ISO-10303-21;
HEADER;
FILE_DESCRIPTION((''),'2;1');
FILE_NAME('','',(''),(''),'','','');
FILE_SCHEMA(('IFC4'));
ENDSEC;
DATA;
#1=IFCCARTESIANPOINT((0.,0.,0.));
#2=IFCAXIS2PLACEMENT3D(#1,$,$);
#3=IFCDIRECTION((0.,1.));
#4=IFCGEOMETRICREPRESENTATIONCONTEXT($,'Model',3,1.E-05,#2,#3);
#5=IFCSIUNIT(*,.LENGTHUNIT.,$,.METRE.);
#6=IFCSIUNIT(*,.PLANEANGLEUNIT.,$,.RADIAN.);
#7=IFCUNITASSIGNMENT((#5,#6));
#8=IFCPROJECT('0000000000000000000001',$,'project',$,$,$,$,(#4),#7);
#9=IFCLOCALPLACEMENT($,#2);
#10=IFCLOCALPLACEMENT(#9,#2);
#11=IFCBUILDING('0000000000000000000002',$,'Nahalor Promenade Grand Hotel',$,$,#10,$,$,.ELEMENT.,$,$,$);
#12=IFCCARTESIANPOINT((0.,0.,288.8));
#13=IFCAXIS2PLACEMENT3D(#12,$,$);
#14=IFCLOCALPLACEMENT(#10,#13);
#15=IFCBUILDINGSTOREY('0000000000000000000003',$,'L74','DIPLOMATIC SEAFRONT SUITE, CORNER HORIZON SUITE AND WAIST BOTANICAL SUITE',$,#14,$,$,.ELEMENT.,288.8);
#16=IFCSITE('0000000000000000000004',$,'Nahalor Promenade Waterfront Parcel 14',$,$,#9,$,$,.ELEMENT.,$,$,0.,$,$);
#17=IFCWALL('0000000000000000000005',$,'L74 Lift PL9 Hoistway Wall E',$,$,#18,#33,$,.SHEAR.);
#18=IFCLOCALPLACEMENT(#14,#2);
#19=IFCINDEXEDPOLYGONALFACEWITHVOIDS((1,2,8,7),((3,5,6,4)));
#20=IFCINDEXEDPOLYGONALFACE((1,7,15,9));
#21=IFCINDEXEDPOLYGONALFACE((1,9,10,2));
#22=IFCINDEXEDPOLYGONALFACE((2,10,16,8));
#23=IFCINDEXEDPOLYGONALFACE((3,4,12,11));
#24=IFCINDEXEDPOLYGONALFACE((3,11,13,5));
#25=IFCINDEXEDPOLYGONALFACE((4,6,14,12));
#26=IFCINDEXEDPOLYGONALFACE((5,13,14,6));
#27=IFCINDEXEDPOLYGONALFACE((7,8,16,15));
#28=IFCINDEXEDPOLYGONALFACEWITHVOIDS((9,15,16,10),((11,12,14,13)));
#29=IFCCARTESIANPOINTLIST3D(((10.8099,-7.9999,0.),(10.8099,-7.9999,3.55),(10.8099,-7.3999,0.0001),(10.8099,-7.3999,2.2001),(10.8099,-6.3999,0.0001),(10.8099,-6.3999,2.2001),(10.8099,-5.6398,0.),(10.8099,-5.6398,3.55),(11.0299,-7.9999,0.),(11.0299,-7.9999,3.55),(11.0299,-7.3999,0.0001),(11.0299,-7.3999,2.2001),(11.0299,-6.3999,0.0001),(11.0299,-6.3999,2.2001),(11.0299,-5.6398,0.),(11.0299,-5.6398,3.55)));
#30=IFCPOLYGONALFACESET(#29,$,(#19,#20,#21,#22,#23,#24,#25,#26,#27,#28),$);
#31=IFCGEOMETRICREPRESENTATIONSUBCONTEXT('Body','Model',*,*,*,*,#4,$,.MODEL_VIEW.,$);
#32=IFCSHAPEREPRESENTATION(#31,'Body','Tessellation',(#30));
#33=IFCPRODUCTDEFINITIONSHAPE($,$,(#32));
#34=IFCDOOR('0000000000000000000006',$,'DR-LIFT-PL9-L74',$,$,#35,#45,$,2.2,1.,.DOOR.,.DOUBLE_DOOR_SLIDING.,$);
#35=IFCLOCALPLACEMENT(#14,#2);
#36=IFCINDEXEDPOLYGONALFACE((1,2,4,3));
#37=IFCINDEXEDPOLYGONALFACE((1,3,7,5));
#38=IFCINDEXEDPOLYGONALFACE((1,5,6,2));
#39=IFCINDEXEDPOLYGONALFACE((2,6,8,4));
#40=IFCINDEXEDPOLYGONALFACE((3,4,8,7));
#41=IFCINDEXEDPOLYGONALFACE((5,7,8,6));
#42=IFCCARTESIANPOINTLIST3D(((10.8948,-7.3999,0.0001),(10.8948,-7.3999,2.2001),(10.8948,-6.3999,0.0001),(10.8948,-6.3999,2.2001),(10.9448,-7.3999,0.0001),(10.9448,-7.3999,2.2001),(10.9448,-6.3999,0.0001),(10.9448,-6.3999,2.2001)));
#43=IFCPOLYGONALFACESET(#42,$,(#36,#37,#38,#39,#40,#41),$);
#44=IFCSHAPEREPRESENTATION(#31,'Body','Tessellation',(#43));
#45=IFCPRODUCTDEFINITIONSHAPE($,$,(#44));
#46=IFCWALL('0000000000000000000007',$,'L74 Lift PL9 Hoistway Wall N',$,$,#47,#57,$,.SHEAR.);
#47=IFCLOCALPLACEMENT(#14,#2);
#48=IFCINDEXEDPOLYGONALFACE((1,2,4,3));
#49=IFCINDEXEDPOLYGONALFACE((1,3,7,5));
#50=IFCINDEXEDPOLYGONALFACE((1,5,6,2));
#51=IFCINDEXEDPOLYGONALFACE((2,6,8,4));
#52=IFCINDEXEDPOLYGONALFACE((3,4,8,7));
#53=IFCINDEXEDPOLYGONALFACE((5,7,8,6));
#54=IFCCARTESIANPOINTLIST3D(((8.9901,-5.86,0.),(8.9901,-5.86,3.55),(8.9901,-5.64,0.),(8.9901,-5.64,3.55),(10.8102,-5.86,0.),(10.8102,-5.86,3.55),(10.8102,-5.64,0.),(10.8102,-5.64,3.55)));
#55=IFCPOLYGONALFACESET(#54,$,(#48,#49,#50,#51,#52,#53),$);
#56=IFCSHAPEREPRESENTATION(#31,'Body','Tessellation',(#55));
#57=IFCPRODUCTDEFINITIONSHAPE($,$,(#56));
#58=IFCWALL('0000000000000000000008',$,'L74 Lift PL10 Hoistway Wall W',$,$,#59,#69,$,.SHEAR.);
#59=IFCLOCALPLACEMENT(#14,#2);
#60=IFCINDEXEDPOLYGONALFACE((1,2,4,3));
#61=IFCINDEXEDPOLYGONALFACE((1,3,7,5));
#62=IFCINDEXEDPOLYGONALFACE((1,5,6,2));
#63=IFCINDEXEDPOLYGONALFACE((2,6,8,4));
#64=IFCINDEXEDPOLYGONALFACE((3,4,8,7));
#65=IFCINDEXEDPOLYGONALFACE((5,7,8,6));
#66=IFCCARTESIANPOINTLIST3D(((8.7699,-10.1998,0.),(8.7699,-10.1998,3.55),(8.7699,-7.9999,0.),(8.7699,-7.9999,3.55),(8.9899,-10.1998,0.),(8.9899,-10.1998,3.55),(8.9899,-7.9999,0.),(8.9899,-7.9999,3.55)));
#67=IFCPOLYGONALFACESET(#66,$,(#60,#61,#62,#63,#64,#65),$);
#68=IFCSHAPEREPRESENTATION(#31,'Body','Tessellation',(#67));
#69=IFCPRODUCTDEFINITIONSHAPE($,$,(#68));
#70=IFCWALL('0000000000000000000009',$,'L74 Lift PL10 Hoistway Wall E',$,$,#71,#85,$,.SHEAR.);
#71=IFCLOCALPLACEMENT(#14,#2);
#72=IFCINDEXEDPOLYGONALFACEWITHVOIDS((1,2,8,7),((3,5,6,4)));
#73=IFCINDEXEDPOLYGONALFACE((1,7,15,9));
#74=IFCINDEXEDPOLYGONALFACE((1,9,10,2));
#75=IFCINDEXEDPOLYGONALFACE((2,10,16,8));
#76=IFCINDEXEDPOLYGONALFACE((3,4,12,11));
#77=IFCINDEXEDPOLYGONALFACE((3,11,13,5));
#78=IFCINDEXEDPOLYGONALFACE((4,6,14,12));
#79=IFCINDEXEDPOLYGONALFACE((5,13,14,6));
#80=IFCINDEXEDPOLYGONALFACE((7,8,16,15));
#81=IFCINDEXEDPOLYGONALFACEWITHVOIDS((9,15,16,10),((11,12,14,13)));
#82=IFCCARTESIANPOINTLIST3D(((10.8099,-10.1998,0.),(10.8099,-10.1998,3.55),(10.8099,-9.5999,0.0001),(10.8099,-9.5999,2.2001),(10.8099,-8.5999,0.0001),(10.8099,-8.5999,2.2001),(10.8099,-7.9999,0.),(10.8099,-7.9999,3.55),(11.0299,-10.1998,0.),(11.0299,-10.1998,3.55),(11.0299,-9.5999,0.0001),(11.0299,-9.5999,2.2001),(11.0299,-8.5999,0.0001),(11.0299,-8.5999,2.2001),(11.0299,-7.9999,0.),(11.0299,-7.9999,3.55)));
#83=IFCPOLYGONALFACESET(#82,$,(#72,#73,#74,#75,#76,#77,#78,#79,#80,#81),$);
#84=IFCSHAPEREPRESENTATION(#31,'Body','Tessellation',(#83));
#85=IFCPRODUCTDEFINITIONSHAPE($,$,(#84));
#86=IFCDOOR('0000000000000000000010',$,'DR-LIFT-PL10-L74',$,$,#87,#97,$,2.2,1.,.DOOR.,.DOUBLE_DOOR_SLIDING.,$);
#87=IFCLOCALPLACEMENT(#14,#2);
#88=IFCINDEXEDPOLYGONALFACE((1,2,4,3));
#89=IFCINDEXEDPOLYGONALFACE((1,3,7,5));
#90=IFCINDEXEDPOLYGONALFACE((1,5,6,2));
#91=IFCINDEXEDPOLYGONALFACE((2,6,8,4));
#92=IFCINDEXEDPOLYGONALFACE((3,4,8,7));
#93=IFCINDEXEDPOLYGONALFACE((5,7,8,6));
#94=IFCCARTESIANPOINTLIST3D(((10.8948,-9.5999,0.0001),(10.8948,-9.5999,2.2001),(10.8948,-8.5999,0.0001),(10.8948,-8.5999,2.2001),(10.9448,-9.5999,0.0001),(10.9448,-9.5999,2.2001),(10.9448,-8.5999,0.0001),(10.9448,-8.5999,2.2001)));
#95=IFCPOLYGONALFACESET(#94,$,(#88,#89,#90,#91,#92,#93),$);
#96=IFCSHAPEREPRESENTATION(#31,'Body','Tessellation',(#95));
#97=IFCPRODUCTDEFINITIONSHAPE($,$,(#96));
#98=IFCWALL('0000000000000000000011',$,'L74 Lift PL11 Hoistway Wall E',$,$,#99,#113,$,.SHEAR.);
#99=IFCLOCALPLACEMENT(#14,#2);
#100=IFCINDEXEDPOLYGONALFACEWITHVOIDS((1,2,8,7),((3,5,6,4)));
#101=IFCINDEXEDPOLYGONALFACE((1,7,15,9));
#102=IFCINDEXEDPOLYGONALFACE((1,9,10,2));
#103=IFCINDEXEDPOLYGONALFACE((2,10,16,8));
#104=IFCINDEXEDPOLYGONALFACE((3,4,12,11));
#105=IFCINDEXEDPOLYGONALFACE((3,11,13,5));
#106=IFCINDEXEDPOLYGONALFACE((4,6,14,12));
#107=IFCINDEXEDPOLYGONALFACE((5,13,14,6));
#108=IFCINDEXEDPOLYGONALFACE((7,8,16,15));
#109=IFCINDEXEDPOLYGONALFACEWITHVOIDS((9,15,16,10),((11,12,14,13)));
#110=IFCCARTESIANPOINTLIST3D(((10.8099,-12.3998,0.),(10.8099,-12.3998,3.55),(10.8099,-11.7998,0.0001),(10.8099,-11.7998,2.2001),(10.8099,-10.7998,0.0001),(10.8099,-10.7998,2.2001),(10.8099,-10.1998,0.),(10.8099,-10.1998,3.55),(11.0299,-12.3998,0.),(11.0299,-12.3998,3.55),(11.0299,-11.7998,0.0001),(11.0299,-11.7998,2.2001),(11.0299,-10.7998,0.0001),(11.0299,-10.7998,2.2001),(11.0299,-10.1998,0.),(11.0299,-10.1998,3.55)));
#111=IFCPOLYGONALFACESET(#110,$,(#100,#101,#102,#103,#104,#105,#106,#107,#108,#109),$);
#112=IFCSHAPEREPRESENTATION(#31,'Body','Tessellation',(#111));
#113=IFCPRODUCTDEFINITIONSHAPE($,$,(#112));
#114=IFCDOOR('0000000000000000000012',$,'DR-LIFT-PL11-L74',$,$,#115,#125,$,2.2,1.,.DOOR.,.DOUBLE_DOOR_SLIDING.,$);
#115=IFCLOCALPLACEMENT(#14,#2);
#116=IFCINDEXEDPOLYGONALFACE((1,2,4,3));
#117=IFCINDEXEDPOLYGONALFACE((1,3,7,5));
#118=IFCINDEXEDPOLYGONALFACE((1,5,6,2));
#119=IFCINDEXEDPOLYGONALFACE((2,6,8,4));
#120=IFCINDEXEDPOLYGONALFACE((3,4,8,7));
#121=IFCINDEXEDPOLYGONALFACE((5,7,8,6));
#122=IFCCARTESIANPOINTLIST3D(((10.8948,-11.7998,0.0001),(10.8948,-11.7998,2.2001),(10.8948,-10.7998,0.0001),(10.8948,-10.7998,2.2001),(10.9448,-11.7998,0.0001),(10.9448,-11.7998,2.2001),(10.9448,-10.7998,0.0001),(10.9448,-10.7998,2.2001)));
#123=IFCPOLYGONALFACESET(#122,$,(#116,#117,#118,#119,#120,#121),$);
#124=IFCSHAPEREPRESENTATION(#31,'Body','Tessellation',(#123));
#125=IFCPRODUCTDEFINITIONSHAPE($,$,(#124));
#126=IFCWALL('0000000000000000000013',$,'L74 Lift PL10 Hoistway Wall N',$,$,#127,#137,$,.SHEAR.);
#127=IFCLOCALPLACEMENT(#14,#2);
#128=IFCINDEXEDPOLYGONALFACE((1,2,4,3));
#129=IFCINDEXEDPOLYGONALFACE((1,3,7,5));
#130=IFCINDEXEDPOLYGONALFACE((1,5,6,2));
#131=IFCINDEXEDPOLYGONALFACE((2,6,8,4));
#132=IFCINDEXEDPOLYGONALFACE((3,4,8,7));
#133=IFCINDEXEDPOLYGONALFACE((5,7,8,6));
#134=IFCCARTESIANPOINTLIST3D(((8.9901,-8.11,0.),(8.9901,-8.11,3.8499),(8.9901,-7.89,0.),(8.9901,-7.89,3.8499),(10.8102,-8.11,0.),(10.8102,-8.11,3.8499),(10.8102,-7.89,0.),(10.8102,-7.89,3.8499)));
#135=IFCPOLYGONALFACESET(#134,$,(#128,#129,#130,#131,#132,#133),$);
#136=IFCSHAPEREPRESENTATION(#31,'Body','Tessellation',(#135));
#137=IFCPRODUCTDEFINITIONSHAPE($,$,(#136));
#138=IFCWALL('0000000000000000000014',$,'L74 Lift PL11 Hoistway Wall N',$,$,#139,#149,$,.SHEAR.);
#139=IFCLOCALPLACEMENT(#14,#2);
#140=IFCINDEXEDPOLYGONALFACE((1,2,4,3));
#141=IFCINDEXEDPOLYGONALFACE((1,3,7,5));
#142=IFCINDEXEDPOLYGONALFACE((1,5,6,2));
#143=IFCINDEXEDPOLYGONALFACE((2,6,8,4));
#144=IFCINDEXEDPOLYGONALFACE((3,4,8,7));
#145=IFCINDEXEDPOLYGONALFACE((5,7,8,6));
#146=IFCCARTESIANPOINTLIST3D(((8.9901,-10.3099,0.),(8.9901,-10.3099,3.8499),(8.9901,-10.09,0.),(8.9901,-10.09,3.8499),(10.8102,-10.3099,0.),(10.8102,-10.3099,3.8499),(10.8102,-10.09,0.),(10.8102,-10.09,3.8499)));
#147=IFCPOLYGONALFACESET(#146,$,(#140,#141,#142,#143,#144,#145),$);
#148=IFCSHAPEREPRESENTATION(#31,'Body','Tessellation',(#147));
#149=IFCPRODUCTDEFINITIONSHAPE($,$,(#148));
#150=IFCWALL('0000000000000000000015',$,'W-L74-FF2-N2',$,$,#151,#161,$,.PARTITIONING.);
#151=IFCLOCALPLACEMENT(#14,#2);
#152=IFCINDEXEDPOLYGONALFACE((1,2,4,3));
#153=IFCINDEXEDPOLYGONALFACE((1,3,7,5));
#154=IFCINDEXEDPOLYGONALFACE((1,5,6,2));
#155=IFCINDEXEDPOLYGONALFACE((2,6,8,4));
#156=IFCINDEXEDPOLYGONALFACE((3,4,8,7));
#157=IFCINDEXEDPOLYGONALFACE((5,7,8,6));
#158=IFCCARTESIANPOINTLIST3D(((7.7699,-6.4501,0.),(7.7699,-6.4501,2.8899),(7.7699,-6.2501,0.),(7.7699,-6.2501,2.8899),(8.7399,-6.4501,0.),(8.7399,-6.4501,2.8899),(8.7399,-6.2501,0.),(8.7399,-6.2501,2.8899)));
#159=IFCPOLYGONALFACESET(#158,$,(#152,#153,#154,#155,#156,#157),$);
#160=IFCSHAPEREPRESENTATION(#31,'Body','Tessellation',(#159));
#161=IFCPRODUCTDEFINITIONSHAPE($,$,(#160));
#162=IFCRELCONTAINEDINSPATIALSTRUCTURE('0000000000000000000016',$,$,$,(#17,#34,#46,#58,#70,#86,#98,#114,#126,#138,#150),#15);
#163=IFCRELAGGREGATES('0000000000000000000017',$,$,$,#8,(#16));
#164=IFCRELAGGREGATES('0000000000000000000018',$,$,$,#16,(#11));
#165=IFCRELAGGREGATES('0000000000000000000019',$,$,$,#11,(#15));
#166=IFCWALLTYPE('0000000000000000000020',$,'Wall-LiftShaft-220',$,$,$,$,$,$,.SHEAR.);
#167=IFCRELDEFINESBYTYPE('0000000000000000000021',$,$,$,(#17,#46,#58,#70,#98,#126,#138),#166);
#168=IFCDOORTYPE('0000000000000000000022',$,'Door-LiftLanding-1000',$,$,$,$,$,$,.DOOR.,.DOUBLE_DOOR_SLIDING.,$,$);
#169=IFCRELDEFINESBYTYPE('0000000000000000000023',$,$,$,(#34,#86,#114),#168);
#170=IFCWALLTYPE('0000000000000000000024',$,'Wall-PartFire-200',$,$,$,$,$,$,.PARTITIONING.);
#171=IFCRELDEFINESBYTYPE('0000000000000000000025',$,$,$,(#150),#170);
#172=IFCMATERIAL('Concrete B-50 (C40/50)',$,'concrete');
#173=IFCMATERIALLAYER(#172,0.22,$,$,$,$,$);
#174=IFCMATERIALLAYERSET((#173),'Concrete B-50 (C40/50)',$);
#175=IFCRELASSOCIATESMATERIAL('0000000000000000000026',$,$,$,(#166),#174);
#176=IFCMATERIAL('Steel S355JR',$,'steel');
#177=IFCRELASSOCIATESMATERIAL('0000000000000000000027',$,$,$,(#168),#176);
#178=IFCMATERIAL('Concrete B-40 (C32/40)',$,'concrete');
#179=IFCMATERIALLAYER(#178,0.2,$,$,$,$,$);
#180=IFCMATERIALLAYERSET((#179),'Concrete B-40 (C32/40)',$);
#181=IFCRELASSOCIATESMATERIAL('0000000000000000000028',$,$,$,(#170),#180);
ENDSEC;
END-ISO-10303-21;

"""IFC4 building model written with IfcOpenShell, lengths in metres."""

from ifc_helpers import new_model, si_unit, direction, frame, frame_2d, origin, place, context, subcontext, project, spatial, rectangle, extrude, source, transform, mapped, material, layer, layer_set, type_object, element, fill, save


model = new_model("IFC4")

# Units and contexts
model_context = context("Model", 3, precision=1e-05, world=origin(), true_north=direction((0.0, 1.0)))
body_context = subcontext(model_context, "Body", "Model", "MODEL_VIEW")
ifc_project = project(units=[si_unit("LENGTHUNIT", "METRE"), si_unit("PLANEANGLEUNIT", "RADIAN")], contexts=[model_context])

# Site, building, storey
site_placement = place(None, origin())
site = spatial("IfcSite", under=ifc_project, at=site_placement, Name="Nahalor Promenade Waterfront Parcel 14", CompositionType="ELEMENT", RefElevation=0.0)
building_placement = place(site_placement, origin())
building = spatial("IfcBuilding", under=site, at=building_placement, Name="Nahalor Promenade Grand Hotel", CompositionType="ELEMENT")
storey_placement = place(building_placement, frame((0.0, 0.0, 288.8)))
storey = spatial("IfcBuildingStorey", under=building, at=storey_placement, Name="L74", Description="DIPLOMATIC SEAFRONT SUITE, CORNER HORIZON SUITE AND WAIST BOTANICAL SUITE", CompositionType="ELEMENT", Elevation=288.8)

# Shared definitions
ifc_material_1 = material(Name="Steel S355JR", Category="steel")

# Shared definitions
ifc_material_2 = material(Name="Concrete B-50 (C40/50)", Category="concrete")
ifc_layer_1 = layer(ifc_material_2, 0.22)
ifc_layer_set_1 = layer_set([ifc_layer_1], Name="Concrete B-50 (C40/50)")
wall_type_1 = type_object("IfcWallType", Name="Wall-LiftShaft-220", PredefinedType="SHEAR", material=ifc_layer_set_1)
shared_shape_1 = source(origin(), body_context, "Body", "SweptSolid", [
    extrude(rectangle(XDim=2.3601, YDim=0.22, at=frame_2d((1.1802, 0.0))), origin(), (0.0, 0.0, 1.0), 3.55),
])

# Wall, opening, door
wall_1_placement = place(storey_placement, frame((10.9199, -8.0, 0.0), z_axis=(0.0, 0.0, 1.0), x_axis=(0.0, 1.0, 0.0)))
wall_1 = element("IfcWall", 1, at=wall_1_placement, inside=storey, type_object=wall_type_1, Name="L74 Lift PL9 Hoistway Wall E", PredefinedType="SHEAR", context=body_context, shape_type="MappedRepresentation", body=[
    mapped(shared_shape_1, transform((0.0, 0.0, 0.0), scale=1.0)),
])
opening_1_placement = place(wall_1_placement, frame((0.6001, 0.0, 0.0)))
opening_1 = element("IfcOpeningElement", 2, at=opening_1_placement, cuts=wall_1, PredefinedType="OPENING", context=body_context, shape_type="SweptSolid", body=[
    extrude(rectangle(XDim=1.0, YDim=2.2, at=frame_2d((0.5, 1.1001))), frame((0.0, 0.1199, 0.0), z_axis=(0.0, -1.0, 0.0), x_axis=(1.0, 0.0, 0.0)), (0.0, 0.0, 1.0), 0.24),
])
door_type = type_object("IfcDoorType", Name="Door-LiftLanding-1000", OperationType="DOUBLE_DOOR_SLIDING", PredefinedType="DOOR", material=ifc_material_1)
shared_shape_2 = source(origin(), body_context, "Body", "SweptSolid", [
    extrude(rectangle(XDim=1.0, YDim=2.2, at=frame_2d((0.5, 1.1001))), frame((0.0, 0.0249, 0.0), z_axis=(0.0, -1.0, 0.0), x_axis=(1.0, 0.0, 0.0)), (0.0, 0.0, 1.0), 0.05),
])
door_1_placement = place(opening_1_placement, frame((1.0, 0.0, 0.0), z_axis=(0.0, 0.0, 1.0), x_axis=(-1.0, 0.0, 0.0)))
door_1 = element("IfcDoor", 3, at=door_1_placement, inside=storey, type_object=door_type, Name="DR-LIFT-PL9-L74", OperationType="DOUBLE_DOOR_SLIDING", OverallHeight=2.2, OverallWidth=1.0, PredefinedType="DOOR", context=body_context, shape_type="MappedRepresentation", body=[
    mapped(shared_shape_2, transform((0.0, 0.0, 0.0), scale=1.0)),
])
fill(opening_1, door_1)

# Walls
shared_shape_3 = source(origin(), body_context, "Body", "SweptSolid", [
    extrude(rectangle(XDim=1.8201, YDim=0.22, at=frame_2d((0.9102, 0.0))), origin(), (0.0, 0.0, 1.0), 3.55),
])
wall_2_placement = place(storey_placement, frame((8.99, -5.75, 0.0), z_axis=(0.0, 0.0, 1.0), x_axis=(1.0, 0.0, 0.0)))
element("IfcWall", 4, at=wall_2_placement, inside=storey, type_object=wall_type_1, Name="L74 Lift PL9 Hoistway Wall N", PredefinedType="SHEAR", context=body_context, shape_type="MappedRepresentation", body=[
    mapped(shared_shape_3, transform((0.0, 0.0, 0.0), scale=1.0)),
])
shared_shape_4 = source(origin(), body_context, "Body", "SweptSolid", [
    extrude(rectangle(XDim=2.2, YDim=0.22, at=frame_2d((1.1001, 0.0))), origin(), (0.0, 0.0, 1.0), 3.55),
])
wall_3_placement = place(storey_placement, frame((8.8799, -10.2, 0.0), z_axis=(0.0, 0.0, 1.0), x_axis=(0.0, 1.0, 0.0)))
element("IfcWall", 5, at=wall_3_placement, inside=storey, type_object=wall_type_1, Name="L74 Lift PL10 Hoistway Wall W", PredefinedType="SHEAR", context=body_context, shape_type="MappedRepresentation", body=[
    mapped(shared_shape_4, transform((0.0, 0.0, 0.0), scale=1.0)),
])

# Walls, openings, doors
wall_4_placement = place(storey_placement, frame((10.9199, -10.2, 0.0), z_axis=(0.0, 0.0, 1.0), x_axis=(0.0, 1.0, 0.0)))
wall_4 = element("IfcWall", 6, at=wall_4_placement, inside=storey, type_object=wall_type_1, Name="L74 Lift PL10 Hoistway Wall E", PredefinedType="SHEAR", context=body_context, shape_type="MappedRepresentation", body=[
    mapped(shared_shape_4, transform((0.0, 0.0, 0.0), scale=1.0)),
])
opening_2_placement = place(wall_4_placement, frame((0.6001, 0.0, 0.0)))
opening_2 = element("IfcOpeningElement", 7, at=opening_2_placement, cuts=wall_4, PredefinedType="OPENING", context=body_context, shape_type="SweptSolid", body=[
    extrude(rectangle(XDim=1.0, YDim=2.2, at=frame_2d((0.5, 1.1001))), frame((0.0, 0.1199, 0.0), z_axis=(0.0, -1.0, 0.0), x_axis=(1.0, 0.0, 0.0)), (0.0, 0.0, 1.0), 0.24),
])
door_2_placement = place(opening_2_placement, frame((1.0, 0.0, 0.0), z_axis=(0.0, 0.0, 1.0), x_axis=(-1.0, 0.0, 0.0)))
door_2 = element("IfcDoor", 8, at=door_2_placement, inside=storey, type_object=door_type, Name="DR-LIFT-PL10-L74", OperationType="DOUBLE_DOOR_SLIDING", OverallHeight=2.2, OverallWidth=1.0, PredefinedType="DOOR", context=body_context, shape_type="MappedRepresentation", body=[
    mapped(shared_shape_2, transform((0.0, 0.0, 0.0), scale=1.0)),
])
fill(opening_2, door_2)
wall_5_placement = place(storey_placement, frame((10.9199, -12.3999, 0.0), z_axis=(0.0, 0.0, 1.0), x_axis=(0.0, 1.0, 0.0)))
wall_5 = element("IfcWall", 9, at=wall_5_placement, inside=storey, type_object=wall_type_1, Name="L74 Lift PL11 Hoistway Wall E", PredefinedType="SHEAR", context=body_context, shape_type="MappedRepresentation", body=[
    mapped(shared_shape_4, transform((0.0, 0.0, 0.0), scale=1.0)),
])
opening_3_placement = place(wall_5_placement, frame((0.6001, 0.0, 0.0)))
opening_3 = element("IfcOpeningElement", 10, at=opening_3_placement, cuts=wall_5, PredefinedType="OPENING", context=body_context, shape_type="SweptSolid", body=[
    extrude(rectangle(XDim=1.0, YDim=2.2, at=frame_2d((0.5, 1.1001))), frame((0.0, 0.1199, 0.0), z_axis=(0.0, -1.0, 0.0), x_axis=(1.0, 0.0, 0.0)), (0.0, 0.0, 1.0), 0.24),
])
door_3_placement = place(opening_3_placement, frame((1.0, 0.0, 0.0), z_axis=(0.0, 0.0, 1.0), x_axis=(-1.0, 0.0, 0.0)))
door_3 = element("IfcDoor", 11, at=door_3_placement, inside=storey, type_object=door_type, Name="DR-LIFT-PL11-L74", OperationType="DOUBLE_DOOR_SLIDING", OverallHeight=2.2, OverallWidth=1.0, PredefinedType="DOOR", context=body_context, shape_type="MappedRepresentation", body=[
    mapped(shared_shape_2, transform((0.0, 0.0, 0.0), scale=1.0)),
])
fill(opening_3, door_3)

# Walls
shared_shape_5 = source(origin(), body_context, "Body", "SweptSolid", [
    extrude(rectangle(XDim=1.8201, YDim=0.22, at=frame_2d((0.9102, 0.0))), origin(), (0.0, 0.0, 1.0), 3.8499),
])
for number, where, z_axis, x_axis, name in (
    (12, (8.99, -8.0, 0.0), (0.0, 0.0, 1.0), (1.0, 0.0, 0.0), "L74 Lift PL10 Hoistway Wall N"),
    (13, (8.99, -10.2, 0.0), (0.0, 0.0, 1.0), (1.0, 0.0, 0.0), "L74 Lift PL11 Hoistway Wall N"),
):
    element("IfcWall", number, at=place(storey_placement, frame(where, z_axis=z_axis, x_axis=x_axis)), inside=storey, type_object=wall_type_1, Name=name, PredefinedType="SHEAR", context=body_context, shape_type="MappedRepresentation", body=[
        mapped(shared_shape_5, transform((0.0, 0.0, 0.0), scale=1.0)),
    ])
ifc_material_3 = material(Name="Concrete B-40 (C32/40)", Category="concrete")
ifc_layer_2 = layer(ifc_material_3, 0.2)
ifc_layer_set_2 = layer_set([ifc_layer_2], Name="Concrete B-40 (C32/40)")
wall_type_2 = type_object("IfcWallType", Name="Wall-PartFire-200", PredefinedType="PARTITIONING", material=ifc_layer_set_2)
shared_shape_6 = source(origin(), body_context, "Body", "SweptSolid", [
    extrude(rectangle(XDim=0.97, YDim=0.2, at=frame_2d((0.4849, 0.0))), origin(), (0.0, 0.0, 1.0), 2.8899),
])
wall_6_placement = place(storey_placement, frame((7.77, -6.3501, 0.0), z_axis=(0.0, 0.0, 1.0), x_axis=(1.0, 0.0, 0.0)))
element("IfcWall", 14, at=wall_6_placement, inside=storey, type_object=wall_type_2, Name="W-L74-FF2-N2", PredefinedType="PARTITIONING", context=body_context, shape_type="MappedRepresentation", body=[
    mapped(shared_shape_6, transform((0.0, 0.0, 0.0), scale=1.0)),
])

save(model, "model.ifc")
